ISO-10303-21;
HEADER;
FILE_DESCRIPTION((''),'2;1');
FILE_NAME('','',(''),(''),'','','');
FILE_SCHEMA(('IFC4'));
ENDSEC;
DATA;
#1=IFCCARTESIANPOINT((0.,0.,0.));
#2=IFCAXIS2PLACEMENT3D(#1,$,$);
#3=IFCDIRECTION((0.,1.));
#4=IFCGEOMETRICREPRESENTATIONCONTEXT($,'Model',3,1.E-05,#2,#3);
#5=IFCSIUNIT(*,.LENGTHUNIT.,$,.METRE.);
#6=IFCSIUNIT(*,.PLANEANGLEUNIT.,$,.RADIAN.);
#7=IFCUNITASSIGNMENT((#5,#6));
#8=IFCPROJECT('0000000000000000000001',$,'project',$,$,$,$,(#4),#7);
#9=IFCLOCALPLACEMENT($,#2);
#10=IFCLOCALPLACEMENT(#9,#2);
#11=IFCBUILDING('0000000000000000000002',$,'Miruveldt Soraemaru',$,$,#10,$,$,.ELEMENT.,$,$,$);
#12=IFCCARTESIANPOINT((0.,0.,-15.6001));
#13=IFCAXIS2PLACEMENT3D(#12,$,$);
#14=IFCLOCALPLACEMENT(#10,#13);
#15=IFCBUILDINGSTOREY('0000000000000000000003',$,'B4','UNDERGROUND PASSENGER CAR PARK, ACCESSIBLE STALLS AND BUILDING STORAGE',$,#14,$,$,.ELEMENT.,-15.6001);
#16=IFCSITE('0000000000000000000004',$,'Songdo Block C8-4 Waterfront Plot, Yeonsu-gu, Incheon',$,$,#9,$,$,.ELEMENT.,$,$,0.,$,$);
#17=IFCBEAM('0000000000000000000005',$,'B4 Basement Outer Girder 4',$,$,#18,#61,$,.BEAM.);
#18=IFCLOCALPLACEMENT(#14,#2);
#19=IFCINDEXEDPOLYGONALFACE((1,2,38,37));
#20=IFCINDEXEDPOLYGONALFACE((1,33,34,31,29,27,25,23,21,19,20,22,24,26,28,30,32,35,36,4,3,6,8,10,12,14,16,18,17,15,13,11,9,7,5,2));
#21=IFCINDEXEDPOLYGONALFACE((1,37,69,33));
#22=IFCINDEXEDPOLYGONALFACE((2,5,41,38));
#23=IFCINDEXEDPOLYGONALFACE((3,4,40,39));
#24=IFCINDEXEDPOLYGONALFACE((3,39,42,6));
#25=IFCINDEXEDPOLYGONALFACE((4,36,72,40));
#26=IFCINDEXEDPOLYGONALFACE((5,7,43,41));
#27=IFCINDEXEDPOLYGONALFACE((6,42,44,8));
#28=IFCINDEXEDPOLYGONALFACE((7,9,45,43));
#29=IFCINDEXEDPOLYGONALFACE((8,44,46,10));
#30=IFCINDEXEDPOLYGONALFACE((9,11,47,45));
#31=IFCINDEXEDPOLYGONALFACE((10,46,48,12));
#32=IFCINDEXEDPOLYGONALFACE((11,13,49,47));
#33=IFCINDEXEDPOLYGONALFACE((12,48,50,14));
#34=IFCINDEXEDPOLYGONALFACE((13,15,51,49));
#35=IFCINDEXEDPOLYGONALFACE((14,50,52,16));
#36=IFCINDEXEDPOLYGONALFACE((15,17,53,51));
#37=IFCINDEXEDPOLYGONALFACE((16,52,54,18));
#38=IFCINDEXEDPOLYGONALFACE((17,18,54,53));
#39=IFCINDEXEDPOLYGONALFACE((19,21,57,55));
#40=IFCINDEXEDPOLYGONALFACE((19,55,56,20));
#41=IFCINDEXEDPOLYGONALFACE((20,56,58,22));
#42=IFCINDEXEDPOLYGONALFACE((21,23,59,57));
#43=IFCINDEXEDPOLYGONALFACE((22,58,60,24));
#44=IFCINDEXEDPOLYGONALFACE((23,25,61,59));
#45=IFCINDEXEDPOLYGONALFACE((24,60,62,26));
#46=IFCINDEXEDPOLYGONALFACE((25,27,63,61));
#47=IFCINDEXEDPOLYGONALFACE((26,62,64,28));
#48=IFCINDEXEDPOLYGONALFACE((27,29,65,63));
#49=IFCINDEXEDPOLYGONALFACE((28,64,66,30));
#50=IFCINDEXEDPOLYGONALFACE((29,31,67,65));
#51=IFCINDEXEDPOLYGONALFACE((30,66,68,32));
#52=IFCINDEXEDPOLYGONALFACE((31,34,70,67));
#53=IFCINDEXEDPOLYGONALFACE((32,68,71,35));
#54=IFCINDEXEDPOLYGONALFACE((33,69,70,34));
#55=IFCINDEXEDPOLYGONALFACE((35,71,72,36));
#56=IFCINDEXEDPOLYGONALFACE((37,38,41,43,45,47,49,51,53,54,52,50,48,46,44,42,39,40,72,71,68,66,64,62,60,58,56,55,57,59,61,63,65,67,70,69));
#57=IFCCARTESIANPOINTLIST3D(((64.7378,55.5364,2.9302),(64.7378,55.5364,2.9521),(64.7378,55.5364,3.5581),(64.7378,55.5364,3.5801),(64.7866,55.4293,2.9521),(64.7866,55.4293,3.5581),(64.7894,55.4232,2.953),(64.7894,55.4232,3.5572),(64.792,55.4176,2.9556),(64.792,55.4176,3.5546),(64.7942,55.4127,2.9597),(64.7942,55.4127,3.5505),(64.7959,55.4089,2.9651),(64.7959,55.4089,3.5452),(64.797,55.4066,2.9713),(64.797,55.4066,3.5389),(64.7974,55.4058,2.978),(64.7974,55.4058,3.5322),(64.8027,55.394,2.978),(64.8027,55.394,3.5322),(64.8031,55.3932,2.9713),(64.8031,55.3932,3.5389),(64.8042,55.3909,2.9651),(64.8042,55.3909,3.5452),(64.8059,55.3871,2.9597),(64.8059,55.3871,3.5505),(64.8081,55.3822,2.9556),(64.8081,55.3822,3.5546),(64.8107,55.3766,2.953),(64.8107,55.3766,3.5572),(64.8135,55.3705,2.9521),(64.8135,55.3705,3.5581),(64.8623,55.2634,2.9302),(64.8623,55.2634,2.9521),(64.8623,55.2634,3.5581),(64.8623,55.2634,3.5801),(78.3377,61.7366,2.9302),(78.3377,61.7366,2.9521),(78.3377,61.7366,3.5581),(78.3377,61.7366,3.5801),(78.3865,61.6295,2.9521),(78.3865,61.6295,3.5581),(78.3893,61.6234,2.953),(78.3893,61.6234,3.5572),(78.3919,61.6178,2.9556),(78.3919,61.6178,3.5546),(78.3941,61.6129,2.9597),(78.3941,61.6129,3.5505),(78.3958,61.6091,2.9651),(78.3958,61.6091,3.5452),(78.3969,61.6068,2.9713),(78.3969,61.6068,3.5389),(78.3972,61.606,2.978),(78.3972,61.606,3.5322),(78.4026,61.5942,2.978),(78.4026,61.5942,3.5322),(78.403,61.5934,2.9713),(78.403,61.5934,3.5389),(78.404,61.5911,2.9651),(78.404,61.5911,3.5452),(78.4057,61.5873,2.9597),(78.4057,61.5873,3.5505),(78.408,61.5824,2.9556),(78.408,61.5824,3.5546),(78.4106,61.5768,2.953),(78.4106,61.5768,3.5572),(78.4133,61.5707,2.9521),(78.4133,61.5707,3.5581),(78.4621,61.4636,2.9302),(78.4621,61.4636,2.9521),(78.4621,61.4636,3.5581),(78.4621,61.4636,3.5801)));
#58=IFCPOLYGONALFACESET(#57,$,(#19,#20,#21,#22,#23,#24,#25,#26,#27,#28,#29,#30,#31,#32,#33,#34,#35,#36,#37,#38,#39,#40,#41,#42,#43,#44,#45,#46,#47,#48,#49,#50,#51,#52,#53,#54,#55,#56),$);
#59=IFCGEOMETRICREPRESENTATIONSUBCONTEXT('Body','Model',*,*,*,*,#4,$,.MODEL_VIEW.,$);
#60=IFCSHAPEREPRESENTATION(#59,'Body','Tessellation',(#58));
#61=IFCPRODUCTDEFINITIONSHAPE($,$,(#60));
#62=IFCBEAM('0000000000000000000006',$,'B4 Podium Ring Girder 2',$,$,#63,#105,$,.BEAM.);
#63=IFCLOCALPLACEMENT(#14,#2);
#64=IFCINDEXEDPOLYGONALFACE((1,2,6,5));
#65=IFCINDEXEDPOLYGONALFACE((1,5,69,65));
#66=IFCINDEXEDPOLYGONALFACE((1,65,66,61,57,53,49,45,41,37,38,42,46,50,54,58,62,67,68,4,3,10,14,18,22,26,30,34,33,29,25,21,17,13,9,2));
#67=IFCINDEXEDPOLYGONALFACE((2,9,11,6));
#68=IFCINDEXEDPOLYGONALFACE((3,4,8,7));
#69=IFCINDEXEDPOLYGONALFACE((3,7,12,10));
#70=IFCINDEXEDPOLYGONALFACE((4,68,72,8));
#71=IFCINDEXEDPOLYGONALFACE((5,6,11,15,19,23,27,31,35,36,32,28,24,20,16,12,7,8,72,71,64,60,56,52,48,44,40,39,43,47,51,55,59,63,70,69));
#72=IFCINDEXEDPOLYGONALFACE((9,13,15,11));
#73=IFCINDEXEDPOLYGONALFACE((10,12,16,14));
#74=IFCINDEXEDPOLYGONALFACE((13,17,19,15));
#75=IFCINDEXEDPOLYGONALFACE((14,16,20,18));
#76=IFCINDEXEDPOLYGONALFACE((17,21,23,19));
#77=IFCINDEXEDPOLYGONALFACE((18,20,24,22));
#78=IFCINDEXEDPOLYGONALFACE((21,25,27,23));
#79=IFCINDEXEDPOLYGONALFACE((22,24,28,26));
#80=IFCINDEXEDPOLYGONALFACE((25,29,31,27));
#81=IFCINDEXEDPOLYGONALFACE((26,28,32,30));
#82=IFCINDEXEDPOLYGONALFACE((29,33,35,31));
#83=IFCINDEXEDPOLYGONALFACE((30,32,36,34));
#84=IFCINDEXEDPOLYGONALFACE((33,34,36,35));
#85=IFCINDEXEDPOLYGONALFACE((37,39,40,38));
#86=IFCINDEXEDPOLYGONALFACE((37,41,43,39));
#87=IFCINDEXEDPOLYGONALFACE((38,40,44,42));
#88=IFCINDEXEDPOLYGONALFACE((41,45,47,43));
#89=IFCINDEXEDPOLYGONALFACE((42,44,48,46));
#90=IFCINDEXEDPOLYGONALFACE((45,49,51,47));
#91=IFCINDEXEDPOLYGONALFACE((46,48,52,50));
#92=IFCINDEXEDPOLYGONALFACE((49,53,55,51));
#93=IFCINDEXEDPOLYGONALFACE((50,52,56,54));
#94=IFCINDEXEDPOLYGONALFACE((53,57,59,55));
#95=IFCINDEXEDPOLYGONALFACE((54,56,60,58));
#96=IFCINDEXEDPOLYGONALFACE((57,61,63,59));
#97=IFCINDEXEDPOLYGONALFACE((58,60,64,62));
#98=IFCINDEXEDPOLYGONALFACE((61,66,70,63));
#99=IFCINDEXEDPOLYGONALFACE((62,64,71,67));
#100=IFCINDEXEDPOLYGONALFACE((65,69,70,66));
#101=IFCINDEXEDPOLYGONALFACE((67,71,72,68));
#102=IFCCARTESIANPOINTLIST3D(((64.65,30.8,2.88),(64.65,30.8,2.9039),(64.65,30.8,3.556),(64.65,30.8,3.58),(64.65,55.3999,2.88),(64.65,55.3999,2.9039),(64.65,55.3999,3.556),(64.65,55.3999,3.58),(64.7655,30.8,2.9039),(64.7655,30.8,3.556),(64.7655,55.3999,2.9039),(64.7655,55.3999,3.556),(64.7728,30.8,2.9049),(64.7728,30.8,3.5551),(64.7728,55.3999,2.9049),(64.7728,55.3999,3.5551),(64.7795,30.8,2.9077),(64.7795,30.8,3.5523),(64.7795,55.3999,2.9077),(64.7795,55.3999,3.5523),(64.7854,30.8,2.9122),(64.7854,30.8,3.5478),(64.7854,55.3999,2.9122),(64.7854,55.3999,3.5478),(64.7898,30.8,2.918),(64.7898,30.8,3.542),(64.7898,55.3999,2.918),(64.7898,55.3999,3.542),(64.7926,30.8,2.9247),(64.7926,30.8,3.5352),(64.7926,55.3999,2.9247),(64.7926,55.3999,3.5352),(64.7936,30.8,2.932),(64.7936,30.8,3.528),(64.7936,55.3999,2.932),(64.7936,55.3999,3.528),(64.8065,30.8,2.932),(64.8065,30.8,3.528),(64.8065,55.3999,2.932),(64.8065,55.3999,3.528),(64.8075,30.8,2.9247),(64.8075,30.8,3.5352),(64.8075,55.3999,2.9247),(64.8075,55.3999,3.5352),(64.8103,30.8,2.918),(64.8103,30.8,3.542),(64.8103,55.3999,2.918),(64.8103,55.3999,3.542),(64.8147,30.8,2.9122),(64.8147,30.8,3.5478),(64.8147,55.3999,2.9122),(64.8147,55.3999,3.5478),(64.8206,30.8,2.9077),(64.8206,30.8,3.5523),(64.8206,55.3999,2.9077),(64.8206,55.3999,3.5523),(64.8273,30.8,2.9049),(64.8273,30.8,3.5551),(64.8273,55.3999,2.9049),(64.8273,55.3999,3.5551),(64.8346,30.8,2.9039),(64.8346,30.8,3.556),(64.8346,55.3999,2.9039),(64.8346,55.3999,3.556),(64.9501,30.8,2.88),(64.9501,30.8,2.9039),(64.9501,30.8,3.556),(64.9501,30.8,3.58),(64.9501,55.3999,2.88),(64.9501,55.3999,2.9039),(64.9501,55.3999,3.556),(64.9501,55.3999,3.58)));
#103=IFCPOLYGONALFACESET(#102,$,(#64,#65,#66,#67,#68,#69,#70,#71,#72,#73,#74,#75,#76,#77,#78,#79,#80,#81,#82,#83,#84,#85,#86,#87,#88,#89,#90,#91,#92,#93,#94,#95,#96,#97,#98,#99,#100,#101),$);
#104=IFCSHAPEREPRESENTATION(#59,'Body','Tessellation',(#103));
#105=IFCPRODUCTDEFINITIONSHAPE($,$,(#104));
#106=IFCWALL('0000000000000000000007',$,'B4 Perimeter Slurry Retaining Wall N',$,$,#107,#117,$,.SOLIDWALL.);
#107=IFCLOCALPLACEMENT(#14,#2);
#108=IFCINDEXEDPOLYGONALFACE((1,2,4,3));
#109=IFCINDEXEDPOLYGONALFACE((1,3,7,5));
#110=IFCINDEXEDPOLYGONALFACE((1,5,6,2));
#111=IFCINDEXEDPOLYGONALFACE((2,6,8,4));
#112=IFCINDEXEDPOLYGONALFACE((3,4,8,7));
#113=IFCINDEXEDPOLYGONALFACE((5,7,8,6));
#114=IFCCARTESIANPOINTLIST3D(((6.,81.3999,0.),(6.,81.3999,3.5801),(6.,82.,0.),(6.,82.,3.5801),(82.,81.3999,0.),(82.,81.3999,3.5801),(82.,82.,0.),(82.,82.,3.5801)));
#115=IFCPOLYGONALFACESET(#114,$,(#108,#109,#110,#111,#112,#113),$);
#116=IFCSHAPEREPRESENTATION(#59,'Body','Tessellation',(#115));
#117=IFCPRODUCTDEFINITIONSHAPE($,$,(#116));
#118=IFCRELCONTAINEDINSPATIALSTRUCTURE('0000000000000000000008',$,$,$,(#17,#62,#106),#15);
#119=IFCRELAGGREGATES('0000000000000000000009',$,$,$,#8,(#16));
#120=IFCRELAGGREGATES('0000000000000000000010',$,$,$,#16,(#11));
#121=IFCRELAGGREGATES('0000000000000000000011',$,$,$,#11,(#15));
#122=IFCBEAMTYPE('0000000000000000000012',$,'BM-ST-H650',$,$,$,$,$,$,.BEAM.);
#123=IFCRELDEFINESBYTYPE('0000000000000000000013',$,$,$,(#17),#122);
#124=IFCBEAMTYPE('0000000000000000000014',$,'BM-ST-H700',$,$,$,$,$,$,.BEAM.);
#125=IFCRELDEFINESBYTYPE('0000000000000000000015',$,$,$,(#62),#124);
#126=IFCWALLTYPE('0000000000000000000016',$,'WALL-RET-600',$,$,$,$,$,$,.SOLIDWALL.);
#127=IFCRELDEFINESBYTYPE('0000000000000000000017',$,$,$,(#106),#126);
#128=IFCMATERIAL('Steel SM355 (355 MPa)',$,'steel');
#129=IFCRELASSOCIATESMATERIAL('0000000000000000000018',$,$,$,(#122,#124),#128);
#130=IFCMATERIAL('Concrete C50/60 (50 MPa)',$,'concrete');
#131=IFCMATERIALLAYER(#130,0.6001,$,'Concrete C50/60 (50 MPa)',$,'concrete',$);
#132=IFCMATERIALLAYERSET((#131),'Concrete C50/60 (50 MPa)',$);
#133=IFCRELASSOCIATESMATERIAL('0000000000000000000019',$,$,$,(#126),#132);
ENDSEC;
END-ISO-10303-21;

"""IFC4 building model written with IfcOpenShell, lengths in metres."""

from ifc_helpers import new_model, si_unit, direction, frame, frame_2d, origin, origin_2d, place, context, subcontext, project, spatial, rectangle, i_section, extrude, material, layer, layer_set, material_profile, profile_set, type_object, element, save


model = new_model("IFC4")

# Units and contexts
model_context = context("Model", 3, precision=1e-05, world=origin(), true_north=direction((0.0, 1.0)))
body_context = subcontext(model_context, "Body", "Model", "MODEL_VIEW")
ifc_project = project(units=[si_unit("LENGTHUNIT", "METRE"), si_unit("PLANEANGLEUNIT", "RADIAN")], contexts=[model_context])

# Site, building, storey
site_placement = place(None, origin())
site = spatial("IfcSite", under=ifc_project, at=site_placement, Name="Songdo Block C8-4 Waterfront Plot, Yeonsu-gu, Incheon", CompositionType="ELEMENT", RefElevation=0.0)
building_placement = place(site_placement, origin())
building = spatial("IfcBuilding", under=site, at=building_placement, Name="Miruveldt Soraemaru", CompositionType="ELEMENT")
storey_placement = place(building_placement, frame((0.0, 0.0, -15.6001)))
storey = spatial("IfcBuildingStorey", under=building, at=storey_placement, Name="B4", Description="UNDERGROUND PASSENGER CAR PARK, ACCESSIBLE STALLS AND BUILDING STORAGE", CompositionType="ELEMENT", Elevation=-15.6001)

# Shared definitions
ifc_material_1 = material(Name="Concrete C50/60 (50 MPa)", Category="concrete")

# Beams
ifc_material_2 = material(Name="Steel SM355 (355 MPa)", Category="steel")
ifc_material_profile_1 = material_profile(ifc_material_2, i_section(OverallWidth=0.3, OverallDepth=0.6499, WebThickness=0.0129, FlangeThickness=0.022, FilletRadius=0.0259, at=origin_2d()), Name="Steel SM355 (355 MPa)", Category="steel")
ifc_profile_set_1 = profile_set([ifc_material_profile_1], Name="Steel SM355 (355 MPa)")
beam_type_1 = type_object("IfcBeamType", Name="BM-ST-H650", PredefinedType="BEAM", material=ifc_profile_set_1)
beam_1_placement = place(storey_placement, frame((64.8, 55.3999, 3.2551), z_axis=(0.909901, 0.414825, 0.0), x_axis=(-0.414825, 0.909901, 0.0)))
element("IfcBeam", 1, at=beam_1_placement, inside=storey, type_object=beam_type_1, Name="B4 Basement Outer Girder 4", PredefinedType="BEAM", context=body_context, shape_type="SweptSolid", body=[
    extrude(i_section(OverallWidth=0.3, OverallDepth=0.6499, WebThickness=0.0129, FlangeThickness=0.022, FilletRadius=0.0259, at=origin_2d()), origin(), (0.0, 0.0, 1.0), 14.9465),
])
ifc_material_profile_2 = material_profile(ifc_material_2, i_section(OverallWidth=0.3, OverallDepth=0.7, WebThickness=0.0129, FlangeThickness=0.0239, FilletRadius=0.0281, at=origin_2d()), Name="Steel SM355 (355 MPa)", Category="steel")
ifc_profile_set_2 = profile_set([ifc_material_profile_2], Name="Steel SM355 (355 MPa)")
beam_type_2 = type_object("IfcBeamType", Name="BM-ST-H700", PredefinedType="BEAM", material=ifc_profile_set_2)
beam_2_placement = place(storey_placement, frame((64.8, 55.3999, 3.23), z_axis=(0.0, -1.0, 0.0), x_axis=(1.0, 0.0, 0.0)))
element("IfcBeam", 2, at=beam_2_placement, inside=storey, type_object=beam_type_2, Name="B4 Podium Ring Girder 2", PredefinedType="BEAM", context=body_context, shape_type="SweptSolid", body=[
    extrude(i_section(OverallWidth=0.3, OverallDepth=0.7, WebThickness=0.0129, FlangeThickness=0.0239, FilletRadius=0.0281, at=origin_2d()), origin(), (0.0, 0.0, 1.0), 24.5999),
])

# Wall
ifc_layer = layer(ifc_material_1, 0.6001, Name="Concrete C50/60 (50 MPa)", Category="concrete")
ifc_layer_set = layer_set([ifc_layer], Name="Concrete C50/60 (50 MPa)")
wall_type = type_object("IfcWallType", Name="WALL-RET-600", PredefinedType="SOLIDWALL", material=ifc_layer_set)
wall_placement = place(storey_placement, frame((82.0, 81.7, 0.0), z_axis=(0.0, 0.0, 1.0), x_axis=(-1.0, 0.0, 0.0)))
element("IfcWall", 3, at=wall_placement, inside=storey, type_object=wall_type, Name="B4 Perimeter Slurry Retaining Wall N", PredefinedType="SOLIDWALL", context=body_context, shape_type="SweptSolid", body=[
    extrude(rectangle(XDim=76.0, YDim=0.6001, at=frame_2d((38.0, 0.0))), origin(), (0.0, 0.0, 1.0), 3.5801),
])

save(model, "model.ifc")
